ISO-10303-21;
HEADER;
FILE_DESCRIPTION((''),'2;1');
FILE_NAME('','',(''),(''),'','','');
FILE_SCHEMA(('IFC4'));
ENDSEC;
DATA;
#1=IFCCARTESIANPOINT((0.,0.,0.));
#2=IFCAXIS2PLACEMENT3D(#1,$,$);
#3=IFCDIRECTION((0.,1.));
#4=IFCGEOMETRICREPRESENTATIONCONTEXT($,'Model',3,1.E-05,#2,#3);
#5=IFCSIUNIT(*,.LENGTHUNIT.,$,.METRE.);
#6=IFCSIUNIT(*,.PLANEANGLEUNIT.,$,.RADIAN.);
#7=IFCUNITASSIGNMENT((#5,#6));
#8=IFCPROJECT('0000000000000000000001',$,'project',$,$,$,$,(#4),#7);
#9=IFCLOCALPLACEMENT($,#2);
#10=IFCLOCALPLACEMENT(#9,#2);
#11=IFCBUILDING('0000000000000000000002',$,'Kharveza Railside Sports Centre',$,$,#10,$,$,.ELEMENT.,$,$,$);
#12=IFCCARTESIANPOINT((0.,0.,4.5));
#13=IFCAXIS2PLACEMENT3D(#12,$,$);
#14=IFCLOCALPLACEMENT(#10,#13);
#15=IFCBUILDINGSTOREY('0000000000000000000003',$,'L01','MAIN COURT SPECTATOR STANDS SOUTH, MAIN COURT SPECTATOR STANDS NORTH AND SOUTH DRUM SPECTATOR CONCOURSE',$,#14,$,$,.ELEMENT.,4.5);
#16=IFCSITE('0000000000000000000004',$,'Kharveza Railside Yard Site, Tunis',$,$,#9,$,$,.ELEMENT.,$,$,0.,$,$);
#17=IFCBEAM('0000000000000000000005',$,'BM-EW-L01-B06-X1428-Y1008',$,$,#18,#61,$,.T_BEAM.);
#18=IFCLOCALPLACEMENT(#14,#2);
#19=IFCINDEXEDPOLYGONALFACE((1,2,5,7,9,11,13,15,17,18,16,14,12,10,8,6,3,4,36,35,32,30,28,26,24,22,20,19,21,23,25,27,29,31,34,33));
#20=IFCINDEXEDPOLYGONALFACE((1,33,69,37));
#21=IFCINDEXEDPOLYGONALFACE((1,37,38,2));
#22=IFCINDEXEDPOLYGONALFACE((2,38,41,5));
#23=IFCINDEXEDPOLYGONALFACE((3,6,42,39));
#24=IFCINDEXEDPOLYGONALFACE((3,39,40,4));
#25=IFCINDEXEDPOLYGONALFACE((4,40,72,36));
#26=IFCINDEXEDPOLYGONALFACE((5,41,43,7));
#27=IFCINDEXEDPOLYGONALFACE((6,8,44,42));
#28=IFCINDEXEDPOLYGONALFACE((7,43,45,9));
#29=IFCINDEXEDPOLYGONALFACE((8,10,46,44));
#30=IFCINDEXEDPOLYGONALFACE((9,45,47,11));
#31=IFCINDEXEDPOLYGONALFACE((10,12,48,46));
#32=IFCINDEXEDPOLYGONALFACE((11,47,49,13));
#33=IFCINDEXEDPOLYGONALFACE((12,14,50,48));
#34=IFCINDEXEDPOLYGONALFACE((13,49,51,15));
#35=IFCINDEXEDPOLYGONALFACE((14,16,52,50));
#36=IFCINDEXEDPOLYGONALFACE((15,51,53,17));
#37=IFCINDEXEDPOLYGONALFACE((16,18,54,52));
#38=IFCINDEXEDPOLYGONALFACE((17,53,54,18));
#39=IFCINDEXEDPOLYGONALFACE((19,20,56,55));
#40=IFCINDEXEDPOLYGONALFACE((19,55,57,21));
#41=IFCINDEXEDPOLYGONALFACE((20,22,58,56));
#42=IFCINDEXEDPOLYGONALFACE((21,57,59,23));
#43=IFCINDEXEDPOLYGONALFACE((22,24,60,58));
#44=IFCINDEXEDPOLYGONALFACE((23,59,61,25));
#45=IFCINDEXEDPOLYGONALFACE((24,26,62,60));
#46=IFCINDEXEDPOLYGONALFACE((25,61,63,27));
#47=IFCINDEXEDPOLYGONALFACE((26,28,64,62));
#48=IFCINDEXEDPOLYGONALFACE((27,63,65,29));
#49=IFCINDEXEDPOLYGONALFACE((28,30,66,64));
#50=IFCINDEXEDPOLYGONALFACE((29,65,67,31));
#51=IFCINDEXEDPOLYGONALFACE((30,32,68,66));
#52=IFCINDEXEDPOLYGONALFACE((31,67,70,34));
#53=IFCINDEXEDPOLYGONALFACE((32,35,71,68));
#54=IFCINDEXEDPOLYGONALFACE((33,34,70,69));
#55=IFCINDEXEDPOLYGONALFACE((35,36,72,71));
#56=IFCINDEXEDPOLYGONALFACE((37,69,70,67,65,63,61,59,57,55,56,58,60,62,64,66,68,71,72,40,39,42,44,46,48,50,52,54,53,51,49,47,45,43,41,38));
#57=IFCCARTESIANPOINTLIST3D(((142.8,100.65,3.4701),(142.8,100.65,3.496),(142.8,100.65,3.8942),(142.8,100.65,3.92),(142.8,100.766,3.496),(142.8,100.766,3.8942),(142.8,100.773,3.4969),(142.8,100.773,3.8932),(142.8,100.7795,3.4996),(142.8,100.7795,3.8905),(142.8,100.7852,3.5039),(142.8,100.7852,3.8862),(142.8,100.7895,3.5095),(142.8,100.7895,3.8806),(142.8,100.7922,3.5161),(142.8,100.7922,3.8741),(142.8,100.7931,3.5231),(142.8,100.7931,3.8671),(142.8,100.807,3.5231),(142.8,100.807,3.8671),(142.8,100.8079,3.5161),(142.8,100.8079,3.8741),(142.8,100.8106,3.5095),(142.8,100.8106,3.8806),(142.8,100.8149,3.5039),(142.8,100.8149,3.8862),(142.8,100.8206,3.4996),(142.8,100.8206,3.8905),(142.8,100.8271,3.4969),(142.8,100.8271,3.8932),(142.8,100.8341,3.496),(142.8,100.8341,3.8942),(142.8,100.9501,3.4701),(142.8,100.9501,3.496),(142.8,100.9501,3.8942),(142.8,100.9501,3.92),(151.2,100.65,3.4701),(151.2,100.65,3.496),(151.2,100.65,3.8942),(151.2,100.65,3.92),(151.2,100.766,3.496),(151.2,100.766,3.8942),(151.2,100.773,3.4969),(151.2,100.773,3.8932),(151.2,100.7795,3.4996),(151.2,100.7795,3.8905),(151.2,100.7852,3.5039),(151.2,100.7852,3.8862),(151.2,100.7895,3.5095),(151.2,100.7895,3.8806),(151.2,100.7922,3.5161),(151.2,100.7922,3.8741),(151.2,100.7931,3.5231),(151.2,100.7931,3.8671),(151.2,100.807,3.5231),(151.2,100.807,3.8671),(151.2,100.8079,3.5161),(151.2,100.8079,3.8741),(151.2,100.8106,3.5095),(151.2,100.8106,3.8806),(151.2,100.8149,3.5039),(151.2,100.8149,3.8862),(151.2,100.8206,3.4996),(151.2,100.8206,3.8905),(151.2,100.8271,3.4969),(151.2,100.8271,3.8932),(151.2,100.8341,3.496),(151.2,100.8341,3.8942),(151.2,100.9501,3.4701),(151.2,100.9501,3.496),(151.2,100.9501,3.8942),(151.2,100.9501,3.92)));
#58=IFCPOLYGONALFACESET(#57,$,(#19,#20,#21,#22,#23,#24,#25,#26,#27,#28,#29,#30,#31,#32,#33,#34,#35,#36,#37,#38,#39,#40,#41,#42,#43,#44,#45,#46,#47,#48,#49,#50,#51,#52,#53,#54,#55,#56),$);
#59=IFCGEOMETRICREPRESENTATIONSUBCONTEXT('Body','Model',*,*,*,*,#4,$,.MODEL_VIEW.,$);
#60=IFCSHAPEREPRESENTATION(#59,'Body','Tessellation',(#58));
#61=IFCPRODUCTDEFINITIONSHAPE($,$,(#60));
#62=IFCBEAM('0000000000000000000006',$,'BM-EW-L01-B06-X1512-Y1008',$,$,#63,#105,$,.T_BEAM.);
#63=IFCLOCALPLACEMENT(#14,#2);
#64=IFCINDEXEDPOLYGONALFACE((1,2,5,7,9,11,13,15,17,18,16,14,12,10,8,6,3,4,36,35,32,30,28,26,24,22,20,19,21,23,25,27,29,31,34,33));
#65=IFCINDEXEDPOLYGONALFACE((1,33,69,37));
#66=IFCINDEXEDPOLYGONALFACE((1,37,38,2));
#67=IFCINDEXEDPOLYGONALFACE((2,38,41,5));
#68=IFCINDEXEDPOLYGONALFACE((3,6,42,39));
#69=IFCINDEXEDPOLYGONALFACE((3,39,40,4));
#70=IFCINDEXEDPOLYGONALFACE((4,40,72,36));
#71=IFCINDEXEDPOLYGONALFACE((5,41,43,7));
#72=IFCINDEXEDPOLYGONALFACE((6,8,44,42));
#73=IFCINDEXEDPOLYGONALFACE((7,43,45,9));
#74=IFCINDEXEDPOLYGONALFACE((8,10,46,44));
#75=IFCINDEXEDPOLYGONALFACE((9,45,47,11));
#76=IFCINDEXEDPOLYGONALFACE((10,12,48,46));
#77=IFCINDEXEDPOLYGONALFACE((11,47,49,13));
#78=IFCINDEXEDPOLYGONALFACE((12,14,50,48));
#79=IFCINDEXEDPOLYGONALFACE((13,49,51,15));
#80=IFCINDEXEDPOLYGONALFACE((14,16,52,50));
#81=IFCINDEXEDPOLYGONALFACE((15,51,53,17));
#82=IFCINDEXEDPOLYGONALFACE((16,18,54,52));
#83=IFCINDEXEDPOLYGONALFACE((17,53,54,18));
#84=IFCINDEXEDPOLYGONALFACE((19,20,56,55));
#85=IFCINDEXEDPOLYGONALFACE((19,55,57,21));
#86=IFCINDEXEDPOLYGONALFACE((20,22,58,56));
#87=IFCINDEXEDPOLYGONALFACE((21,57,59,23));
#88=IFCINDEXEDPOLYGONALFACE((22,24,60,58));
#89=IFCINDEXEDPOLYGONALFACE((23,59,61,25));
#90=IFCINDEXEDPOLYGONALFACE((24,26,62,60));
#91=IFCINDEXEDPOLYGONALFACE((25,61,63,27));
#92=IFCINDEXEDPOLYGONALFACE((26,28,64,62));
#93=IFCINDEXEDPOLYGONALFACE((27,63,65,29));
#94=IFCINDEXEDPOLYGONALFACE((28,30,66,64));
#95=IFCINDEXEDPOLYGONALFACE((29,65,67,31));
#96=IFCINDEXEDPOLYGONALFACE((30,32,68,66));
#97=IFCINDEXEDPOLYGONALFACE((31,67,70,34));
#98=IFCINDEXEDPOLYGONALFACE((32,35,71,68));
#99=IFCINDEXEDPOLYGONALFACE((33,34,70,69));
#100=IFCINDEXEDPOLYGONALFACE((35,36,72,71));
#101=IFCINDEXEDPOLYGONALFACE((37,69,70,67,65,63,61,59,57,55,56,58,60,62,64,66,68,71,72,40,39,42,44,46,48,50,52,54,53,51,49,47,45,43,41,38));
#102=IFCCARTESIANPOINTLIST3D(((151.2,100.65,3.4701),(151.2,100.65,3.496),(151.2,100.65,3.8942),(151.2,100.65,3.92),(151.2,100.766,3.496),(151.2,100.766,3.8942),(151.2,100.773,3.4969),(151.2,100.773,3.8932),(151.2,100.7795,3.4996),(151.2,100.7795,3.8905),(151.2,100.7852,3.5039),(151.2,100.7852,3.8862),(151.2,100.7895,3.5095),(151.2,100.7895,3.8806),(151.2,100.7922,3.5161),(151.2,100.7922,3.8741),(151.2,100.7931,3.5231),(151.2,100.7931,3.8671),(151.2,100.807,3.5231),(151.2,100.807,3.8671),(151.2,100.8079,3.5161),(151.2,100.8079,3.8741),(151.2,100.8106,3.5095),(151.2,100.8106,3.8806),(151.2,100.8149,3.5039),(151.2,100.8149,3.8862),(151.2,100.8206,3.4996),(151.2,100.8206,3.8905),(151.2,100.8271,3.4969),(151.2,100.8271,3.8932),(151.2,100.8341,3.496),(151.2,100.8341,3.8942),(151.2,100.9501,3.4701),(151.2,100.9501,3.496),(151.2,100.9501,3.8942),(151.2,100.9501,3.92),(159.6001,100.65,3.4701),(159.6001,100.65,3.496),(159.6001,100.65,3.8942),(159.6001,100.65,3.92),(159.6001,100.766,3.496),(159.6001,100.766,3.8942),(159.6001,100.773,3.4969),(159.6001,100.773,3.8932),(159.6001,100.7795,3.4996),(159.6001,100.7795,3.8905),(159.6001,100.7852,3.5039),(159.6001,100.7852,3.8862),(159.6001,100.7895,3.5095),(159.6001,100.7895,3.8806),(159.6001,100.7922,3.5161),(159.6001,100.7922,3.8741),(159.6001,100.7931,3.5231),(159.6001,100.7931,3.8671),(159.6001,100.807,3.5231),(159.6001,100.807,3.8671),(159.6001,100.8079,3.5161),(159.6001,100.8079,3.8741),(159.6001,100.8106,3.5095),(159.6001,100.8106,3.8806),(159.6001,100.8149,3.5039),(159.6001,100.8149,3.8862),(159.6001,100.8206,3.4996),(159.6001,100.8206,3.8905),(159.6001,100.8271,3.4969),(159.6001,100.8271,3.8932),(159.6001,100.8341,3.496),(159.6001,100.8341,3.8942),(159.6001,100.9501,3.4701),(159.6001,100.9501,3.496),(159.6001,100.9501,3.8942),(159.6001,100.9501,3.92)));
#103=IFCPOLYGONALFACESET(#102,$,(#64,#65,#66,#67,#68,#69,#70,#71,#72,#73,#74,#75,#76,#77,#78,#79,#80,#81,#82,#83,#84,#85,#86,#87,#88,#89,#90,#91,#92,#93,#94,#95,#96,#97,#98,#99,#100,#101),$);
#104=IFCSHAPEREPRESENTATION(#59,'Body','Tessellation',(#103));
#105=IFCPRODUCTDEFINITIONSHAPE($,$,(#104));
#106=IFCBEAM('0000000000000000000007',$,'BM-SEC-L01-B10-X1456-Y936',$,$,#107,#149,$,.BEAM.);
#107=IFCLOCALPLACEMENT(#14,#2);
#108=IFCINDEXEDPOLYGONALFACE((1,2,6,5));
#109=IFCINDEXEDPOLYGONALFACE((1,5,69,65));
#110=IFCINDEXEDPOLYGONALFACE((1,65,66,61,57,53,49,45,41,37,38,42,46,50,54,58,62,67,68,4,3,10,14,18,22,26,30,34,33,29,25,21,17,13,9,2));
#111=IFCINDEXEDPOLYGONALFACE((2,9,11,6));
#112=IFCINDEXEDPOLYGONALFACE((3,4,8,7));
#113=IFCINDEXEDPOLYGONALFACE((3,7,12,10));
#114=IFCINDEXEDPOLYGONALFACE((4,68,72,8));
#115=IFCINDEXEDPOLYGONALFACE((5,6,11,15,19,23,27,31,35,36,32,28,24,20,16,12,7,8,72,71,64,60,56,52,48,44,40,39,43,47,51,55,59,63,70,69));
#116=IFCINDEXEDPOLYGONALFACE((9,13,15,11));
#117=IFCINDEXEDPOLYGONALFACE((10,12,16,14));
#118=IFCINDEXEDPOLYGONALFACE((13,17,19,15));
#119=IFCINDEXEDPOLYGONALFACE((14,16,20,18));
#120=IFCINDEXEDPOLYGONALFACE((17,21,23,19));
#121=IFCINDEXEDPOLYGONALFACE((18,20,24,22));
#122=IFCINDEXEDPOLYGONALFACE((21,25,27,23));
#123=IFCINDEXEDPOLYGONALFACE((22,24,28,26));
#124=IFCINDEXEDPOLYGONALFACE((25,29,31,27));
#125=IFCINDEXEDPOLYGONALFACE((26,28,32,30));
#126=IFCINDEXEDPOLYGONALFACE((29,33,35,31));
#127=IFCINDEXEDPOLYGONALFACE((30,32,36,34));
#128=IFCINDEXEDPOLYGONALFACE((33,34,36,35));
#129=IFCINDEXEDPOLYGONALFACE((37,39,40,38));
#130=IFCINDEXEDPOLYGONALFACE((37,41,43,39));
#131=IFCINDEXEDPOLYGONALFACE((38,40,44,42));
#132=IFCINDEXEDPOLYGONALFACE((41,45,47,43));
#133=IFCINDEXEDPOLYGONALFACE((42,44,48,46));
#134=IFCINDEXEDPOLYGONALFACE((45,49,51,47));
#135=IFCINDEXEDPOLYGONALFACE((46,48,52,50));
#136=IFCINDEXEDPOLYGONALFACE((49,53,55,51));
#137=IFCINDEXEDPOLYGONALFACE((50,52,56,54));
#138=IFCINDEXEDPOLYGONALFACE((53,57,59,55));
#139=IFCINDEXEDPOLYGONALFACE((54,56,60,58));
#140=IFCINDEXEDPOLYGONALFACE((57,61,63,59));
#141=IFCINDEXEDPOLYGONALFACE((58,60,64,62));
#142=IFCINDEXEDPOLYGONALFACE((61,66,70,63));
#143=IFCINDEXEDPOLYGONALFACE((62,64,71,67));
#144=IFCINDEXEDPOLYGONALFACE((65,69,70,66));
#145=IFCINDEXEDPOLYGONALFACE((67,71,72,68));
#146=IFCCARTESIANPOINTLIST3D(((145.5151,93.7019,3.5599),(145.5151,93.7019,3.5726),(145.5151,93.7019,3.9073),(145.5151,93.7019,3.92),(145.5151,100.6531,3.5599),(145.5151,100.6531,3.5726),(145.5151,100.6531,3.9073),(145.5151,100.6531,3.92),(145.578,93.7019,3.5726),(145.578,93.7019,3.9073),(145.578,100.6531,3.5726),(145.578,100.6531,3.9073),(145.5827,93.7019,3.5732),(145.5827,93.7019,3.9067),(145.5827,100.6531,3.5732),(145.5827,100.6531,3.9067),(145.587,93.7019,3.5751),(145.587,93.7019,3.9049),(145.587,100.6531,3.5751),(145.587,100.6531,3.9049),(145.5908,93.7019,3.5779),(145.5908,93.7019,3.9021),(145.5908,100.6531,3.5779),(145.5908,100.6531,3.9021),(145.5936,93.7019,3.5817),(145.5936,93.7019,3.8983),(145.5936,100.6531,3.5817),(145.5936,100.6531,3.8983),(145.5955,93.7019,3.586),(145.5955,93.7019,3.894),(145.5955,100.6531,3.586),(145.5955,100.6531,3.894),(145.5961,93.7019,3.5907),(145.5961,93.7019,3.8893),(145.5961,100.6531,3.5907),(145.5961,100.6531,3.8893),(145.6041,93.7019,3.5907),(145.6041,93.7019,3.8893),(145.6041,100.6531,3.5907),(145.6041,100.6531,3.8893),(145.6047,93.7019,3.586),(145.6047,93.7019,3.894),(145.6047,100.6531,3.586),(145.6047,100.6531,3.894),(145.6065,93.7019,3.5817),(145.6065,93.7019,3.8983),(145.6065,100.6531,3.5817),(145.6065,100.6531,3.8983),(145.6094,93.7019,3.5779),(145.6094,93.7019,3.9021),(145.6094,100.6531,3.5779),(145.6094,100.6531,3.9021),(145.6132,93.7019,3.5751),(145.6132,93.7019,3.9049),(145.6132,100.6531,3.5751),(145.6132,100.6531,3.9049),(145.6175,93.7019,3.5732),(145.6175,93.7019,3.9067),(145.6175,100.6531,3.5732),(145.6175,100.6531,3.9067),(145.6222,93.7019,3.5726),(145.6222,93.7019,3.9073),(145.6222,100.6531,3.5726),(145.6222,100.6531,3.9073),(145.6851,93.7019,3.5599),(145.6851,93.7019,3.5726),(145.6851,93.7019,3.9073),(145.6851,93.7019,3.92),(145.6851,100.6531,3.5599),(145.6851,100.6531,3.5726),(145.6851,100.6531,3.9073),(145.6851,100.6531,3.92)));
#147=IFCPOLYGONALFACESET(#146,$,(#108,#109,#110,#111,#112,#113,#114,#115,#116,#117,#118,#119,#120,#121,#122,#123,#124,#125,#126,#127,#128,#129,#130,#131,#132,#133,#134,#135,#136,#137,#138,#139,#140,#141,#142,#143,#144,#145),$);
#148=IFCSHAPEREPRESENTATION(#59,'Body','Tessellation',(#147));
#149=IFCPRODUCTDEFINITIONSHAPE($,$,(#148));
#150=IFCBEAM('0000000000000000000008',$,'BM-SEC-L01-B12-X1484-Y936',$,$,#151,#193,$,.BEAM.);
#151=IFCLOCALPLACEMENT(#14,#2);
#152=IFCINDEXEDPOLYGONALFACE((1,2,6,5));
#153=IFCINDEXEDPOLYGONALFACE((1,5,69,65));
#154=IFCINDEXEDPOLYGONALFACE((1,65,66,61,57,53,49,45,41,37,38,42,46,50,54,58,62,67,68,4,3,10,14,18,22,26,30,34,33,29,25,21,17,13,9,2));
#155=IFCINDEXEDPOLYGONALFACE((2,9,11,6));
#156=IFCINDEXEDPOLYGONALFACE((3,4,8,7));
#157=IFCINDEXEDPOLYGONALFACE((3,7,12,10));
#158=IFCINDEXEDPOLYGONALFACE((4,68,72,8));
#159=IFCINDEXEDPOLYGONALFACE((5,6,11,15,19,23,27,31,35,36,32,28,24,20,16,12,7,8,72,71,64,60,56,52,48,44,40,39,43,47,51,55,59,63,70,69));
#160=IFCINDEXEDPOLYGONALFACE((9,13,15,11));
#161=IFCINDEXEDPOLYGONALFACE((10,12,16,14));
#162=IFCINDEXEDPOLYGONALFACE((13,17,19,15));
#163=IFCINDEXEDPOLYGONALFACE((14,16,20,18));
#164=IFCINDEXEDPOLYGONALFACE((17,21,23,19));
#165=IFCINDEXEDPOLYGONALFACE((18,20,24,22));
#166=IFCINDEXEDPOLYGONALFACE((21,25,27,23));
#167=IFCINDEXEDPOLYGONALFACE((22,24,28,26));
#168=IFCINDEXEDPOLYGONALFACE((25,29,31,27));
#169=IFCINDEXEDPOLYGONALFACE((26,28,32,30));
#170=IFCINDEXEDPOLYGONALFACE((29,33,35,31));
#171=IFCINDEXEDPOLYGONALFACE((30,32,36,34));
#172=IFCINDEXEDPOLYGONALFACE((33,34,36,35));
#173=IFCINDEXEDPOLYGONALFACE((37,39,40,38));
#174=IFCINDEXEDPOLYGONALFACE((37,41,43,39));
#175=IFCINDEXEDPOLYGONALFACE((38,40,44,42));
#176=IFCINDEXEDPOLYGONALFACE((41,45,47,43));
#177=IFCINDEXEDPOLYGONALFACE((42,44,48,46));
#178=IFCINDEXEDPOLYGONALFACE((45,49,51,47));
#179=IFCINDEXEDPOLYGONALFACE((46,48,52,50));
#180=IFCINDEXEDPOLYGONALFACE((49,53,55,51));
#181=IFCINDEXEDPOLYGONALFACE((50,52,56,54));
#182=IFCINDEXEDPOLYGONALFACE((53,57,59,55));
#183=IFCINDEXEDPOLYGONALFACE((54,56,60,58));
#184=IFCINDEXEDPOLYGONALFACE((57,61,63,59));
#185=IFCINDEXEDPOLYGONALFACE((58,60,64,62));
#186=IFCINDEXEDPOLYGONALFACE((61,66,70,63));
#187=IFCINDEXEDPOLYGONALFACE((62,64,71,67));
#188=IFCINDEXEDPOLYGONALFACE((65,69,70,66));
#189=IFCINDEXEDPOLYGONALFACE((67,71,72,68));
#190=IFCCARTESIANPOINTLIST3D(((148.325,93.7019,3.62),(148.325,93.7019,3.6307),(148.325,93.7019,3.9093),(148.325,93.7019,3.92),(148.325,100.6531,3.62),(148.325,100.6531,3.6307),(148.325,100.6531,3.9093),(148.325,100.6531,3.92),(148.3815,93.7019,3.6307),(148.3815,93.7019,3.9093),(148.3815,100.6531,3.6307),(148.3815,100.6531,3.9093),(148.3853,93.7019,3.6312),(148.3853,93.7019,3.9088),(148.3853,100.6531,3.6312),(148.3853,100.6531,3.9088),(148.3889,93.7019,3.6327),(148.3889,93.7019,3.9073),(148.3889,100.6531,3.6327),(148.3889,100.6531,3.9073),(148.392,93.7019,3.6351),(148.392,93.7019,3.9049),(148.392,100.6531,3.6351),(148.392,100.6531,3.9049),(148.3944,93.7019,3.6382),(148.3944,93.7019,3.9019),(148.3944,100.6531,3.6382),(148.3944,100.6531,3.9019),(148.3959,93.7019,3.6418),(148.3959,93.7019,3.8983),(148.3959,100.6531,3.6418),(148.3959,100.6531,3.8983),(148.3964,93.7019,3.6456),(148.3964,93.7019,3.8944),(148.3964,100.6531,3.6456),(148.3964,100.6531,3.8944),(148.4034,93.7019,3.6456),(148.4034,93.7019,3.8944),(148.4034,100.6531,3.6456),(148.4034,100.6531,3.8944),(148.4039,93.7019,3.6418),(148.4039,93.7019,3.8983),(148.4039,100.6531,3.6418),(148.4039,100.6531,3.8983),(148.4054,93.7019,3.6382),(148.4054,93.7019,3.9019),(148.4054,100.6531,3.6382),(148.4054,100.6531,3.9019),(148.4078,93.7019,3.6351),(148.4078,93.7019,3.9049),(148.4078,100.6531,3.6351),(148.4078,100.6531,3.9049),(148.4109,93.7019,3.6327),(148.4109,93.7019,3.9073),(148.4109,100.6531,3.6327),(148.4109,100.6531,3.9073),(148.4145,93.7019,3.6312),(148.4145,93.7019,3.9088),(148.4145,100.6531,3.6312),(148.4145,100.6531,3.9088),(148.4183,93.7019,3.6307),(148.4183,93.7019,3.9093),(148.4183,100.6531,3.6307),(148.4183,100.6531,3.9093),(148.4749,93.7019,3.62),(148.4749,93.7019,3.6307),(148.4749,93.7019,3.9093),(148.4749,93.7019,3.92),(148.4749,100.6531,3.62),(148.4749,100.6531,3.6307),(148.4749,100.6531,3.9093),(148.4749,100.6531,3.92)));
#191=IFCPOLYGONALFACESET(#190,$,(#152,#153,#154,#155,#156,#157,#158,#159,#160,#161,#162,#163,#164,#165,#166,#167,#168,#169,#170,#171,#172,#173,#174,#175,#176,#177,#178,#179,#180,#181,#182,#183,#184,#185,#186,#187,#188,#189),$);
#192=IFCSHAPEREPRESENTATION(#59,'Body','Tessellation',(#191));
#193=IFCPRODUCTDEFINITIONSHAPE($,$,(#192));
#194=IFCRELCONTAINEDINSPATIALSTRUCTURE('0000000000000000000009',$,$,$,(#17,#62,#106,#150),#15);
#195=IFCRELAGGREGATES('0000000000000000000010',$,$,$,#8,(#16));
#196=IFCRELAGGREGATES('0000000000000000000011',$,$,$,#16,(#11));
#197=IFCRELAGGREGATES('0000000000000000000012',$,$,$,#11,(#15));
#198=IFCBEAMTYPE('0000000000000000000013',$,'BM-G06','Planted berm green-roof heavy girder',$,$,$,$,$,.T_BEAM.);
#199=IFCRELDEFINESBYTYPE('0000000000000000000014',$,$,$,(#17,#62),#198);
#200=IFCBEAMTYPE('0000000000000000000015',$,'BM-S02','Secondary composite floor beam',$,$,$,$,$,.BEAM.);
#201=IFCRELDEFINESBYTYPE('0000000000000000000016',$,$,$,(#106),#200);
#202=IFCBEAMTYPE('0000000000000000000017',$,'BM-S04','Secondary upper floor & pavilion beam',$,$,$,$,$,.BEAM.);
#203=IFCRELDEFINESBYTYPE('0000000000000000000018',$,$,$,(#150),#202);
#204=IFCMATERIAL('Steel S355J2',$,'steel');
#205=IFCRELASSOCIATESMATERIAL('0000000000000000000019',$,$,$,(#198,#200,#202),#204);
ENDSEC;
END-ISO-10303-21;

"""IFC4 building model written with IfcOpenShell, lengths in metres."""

from ifc_helpers import new_model, si_unit, direction, frame, origin, origin_2d, place, context, subcontext, project, spatial, i_section, extrude, material, material_profile, profile_set, type_object, element, save


model = new_model("IFC4")

# Units and contexts
model_context = context("Model", 3, precision=1e-05, world=origin(), true_north=direction((0.0, 1.0)))
body_context = subcontext(model_context, "Body", "Model", "MODEL_VIEW")
ifc_project = project(units=[si_unit("LENGTHUNIT", "METRE"), si_unit("PLANEANGLEUNIT", "RADIAN")], contexts=[model_context])

# Site, building, storey
site_placement = place(None, origin())
site = spatial("IfcSite", under=ifc_project, at=site_placement, Name="Kharveza Railside Yard Site, Tunis", CompositionType="ELEMENT", RefElevation=0.0)
building_placement = place(site_placement, origin())
building = spatial("IfcBuilding", under=site, at=building_placement, Name="Kharveza Railside Sports Centre", CompositionType="ELEMENT")
storey_placement = place(building_placement, frame((0.0, 0.0, 4.5)))
storey = spatial("IfcBuildingStorey", under=building, at=storey_placement, Name="L01", Description="MAIN COURT SPECTATOR STANDS SOUTH, MAIN COURT SPECTATOR STANDS NORTH AND SOUTH DRUM SPECTATOR CONCOURSE", CompositionType="ELEMENT", Elevation=4.5)

# Shared definitions
ifc_material_1 = material(Name="Steel S355J2", Category="steel")

# Beams
ifc_material_profile_1 = material_profile(ifc_material_1, i_section(OverallWidth=0.3, OverallDepth=0.45, WebThickness=0.0139, FlangeThickness=0.0259, FilletRadius=0.0271, at=origin_2d()), Name="HEB 450")
ifc_profile_set_1 = profile_set([ifc_material_profile_1], Name="Steel S355J2")
beam_type_1 = type_object("IfcBeamType", Name="BM-G06", Description="Planted berm green-roof heavy girder", PredefinedType="T_BEAM", material=ifc_profile_set_1)
beam_1_placement = place(storey_placement, frame((142.8, 100.8, 3.6951), z_axis=(1.0, 0.0, 0.0), x_axis=(0.0, 1.0, 0.0)))
element("IfcBeam", 1, at=beam_1_placement, inside=storey, type_object=beam_type_1, Name="BM-EW-L01-B06-X1428-Y1008", PredefinedType="T_BEAM", context=body_context, shape_type="SweptSolid", body=[
    extrude(i_section(OverallWidth=0.3, OverallDepth=0.45, WebThickness=0.0139, FlangeThickness=0.0259, FilletRadius=0.0271, at=origin_2d()), origin(), (0.0, 0.0, 1.0), 8.3999),
])
beam_2_placement = place(storey_placement, frame((151.2, 100.8, 3.6951), z_axis=(1.0, 0.0, 0.0), x_axis=(0.0, 1.0, 0.0)))
element("IfcBeam", 2, at=beam_2_placement, inside=storey, type_object=beam_type_1, Name="BM-EW-L01-B06-X1512-Y1008", PredefinedType="T_BEAM", context=body_context, shape_type="SweptSolid", body=[
    extrude(i_section(OverallWidth=0.3, OverallDepth=0.45, WebThickness=0.0139, FlangeThickness=0.0259, FilletRadius=0.0271, at=origin_2d()), origin(), (0.0, 0.0, 1.0), 8.4001),
])
ifc_material_profile_2 = material_profile(ifc_material_1, i_section(OverallWidth=0.1699, OverallDepth=0.3601, WebThickness=0.0081, FlangeThickness=0.0127, FilletRadius=0.0181, at=origin_2d()), Name="IPE 360")
ifc_profile_set_2 = profile_set([ifc_material_profile_2], Name="Steel S355J2")
beam_type_2 = type_object("IfcBeamType", Name="BM-S02", Description="Secondary composite floor beam", PredefinedType="BEAM", material=ifc_profile_set_2)
beam_3_placement = place(storey_placement, frame((145.6001, 93.7019, 3.74), z_axis=(0.0, 1.0, 0.0), x_axis=(-1.0, 0.0, 0.0)))
element("IfcBeam", 3, at=beam_3_placement, inside=storey, type_object=beam_type_2, Name="BM-SEC-L01-B10-X1456-Y936", PredefinedType="BEAM", context=body_context, shape_type="SweptSolid", body=[
    extrude(i_section(OverallWidth=0.1699, OverallDepth=0.3601, WebThickness=0.0081, FlangeThickness=0.0127, FilletRadius=0.0181, at=origin_2d()), origin(), (0.0, 0.0, 1.0), 6.9512),
])
ifc_material_profile_3 = material_profile(ifc_material_1, i_section(OverallWidth=0.1499, OverallDepth=0.3, WebThickness=0.0071, FlangeThickness=0.0107, FilletRadius=0.0149, at=origin_2d()), Name="IPE 300")
ifc_profile_set_3 = profile_set([ifc_material_profile_3], Name="Steel S355J2")
beam_type_3 = type_object("IfcBeamType", Name="BM-S04", Description="Secondary upper floor & pavilion beam", PredefinedType="BEAM", material=ifc_profile_set_3)
beam_4_placement = place(storey_placement, frame((148.3999, 93.7019, 3.77), z_axis=(0.0, 1.0, 0.0), x_axis=(-1.0, 0.0, 0.0)))
element("IfcBeam", 4, at=beam_4_placement, inside=storey, type_object=beam_type_3, Name="BM-SEC-L01-B12-X1484-Y936", PredefinedType="BEAM", context=body_context, shape_type="SweptSolid", body=[
    extrude(i_section(OverallWidth=0.1499, OverallDepth=0.3, WebThickness=0.0071, FlangeThickness=0.0107, FilletRadius=0.0149, at=origin_2d()), origin(), (0.0, 0.0, 1.0), 6.9512),
])

save(model, "model.ifc")
